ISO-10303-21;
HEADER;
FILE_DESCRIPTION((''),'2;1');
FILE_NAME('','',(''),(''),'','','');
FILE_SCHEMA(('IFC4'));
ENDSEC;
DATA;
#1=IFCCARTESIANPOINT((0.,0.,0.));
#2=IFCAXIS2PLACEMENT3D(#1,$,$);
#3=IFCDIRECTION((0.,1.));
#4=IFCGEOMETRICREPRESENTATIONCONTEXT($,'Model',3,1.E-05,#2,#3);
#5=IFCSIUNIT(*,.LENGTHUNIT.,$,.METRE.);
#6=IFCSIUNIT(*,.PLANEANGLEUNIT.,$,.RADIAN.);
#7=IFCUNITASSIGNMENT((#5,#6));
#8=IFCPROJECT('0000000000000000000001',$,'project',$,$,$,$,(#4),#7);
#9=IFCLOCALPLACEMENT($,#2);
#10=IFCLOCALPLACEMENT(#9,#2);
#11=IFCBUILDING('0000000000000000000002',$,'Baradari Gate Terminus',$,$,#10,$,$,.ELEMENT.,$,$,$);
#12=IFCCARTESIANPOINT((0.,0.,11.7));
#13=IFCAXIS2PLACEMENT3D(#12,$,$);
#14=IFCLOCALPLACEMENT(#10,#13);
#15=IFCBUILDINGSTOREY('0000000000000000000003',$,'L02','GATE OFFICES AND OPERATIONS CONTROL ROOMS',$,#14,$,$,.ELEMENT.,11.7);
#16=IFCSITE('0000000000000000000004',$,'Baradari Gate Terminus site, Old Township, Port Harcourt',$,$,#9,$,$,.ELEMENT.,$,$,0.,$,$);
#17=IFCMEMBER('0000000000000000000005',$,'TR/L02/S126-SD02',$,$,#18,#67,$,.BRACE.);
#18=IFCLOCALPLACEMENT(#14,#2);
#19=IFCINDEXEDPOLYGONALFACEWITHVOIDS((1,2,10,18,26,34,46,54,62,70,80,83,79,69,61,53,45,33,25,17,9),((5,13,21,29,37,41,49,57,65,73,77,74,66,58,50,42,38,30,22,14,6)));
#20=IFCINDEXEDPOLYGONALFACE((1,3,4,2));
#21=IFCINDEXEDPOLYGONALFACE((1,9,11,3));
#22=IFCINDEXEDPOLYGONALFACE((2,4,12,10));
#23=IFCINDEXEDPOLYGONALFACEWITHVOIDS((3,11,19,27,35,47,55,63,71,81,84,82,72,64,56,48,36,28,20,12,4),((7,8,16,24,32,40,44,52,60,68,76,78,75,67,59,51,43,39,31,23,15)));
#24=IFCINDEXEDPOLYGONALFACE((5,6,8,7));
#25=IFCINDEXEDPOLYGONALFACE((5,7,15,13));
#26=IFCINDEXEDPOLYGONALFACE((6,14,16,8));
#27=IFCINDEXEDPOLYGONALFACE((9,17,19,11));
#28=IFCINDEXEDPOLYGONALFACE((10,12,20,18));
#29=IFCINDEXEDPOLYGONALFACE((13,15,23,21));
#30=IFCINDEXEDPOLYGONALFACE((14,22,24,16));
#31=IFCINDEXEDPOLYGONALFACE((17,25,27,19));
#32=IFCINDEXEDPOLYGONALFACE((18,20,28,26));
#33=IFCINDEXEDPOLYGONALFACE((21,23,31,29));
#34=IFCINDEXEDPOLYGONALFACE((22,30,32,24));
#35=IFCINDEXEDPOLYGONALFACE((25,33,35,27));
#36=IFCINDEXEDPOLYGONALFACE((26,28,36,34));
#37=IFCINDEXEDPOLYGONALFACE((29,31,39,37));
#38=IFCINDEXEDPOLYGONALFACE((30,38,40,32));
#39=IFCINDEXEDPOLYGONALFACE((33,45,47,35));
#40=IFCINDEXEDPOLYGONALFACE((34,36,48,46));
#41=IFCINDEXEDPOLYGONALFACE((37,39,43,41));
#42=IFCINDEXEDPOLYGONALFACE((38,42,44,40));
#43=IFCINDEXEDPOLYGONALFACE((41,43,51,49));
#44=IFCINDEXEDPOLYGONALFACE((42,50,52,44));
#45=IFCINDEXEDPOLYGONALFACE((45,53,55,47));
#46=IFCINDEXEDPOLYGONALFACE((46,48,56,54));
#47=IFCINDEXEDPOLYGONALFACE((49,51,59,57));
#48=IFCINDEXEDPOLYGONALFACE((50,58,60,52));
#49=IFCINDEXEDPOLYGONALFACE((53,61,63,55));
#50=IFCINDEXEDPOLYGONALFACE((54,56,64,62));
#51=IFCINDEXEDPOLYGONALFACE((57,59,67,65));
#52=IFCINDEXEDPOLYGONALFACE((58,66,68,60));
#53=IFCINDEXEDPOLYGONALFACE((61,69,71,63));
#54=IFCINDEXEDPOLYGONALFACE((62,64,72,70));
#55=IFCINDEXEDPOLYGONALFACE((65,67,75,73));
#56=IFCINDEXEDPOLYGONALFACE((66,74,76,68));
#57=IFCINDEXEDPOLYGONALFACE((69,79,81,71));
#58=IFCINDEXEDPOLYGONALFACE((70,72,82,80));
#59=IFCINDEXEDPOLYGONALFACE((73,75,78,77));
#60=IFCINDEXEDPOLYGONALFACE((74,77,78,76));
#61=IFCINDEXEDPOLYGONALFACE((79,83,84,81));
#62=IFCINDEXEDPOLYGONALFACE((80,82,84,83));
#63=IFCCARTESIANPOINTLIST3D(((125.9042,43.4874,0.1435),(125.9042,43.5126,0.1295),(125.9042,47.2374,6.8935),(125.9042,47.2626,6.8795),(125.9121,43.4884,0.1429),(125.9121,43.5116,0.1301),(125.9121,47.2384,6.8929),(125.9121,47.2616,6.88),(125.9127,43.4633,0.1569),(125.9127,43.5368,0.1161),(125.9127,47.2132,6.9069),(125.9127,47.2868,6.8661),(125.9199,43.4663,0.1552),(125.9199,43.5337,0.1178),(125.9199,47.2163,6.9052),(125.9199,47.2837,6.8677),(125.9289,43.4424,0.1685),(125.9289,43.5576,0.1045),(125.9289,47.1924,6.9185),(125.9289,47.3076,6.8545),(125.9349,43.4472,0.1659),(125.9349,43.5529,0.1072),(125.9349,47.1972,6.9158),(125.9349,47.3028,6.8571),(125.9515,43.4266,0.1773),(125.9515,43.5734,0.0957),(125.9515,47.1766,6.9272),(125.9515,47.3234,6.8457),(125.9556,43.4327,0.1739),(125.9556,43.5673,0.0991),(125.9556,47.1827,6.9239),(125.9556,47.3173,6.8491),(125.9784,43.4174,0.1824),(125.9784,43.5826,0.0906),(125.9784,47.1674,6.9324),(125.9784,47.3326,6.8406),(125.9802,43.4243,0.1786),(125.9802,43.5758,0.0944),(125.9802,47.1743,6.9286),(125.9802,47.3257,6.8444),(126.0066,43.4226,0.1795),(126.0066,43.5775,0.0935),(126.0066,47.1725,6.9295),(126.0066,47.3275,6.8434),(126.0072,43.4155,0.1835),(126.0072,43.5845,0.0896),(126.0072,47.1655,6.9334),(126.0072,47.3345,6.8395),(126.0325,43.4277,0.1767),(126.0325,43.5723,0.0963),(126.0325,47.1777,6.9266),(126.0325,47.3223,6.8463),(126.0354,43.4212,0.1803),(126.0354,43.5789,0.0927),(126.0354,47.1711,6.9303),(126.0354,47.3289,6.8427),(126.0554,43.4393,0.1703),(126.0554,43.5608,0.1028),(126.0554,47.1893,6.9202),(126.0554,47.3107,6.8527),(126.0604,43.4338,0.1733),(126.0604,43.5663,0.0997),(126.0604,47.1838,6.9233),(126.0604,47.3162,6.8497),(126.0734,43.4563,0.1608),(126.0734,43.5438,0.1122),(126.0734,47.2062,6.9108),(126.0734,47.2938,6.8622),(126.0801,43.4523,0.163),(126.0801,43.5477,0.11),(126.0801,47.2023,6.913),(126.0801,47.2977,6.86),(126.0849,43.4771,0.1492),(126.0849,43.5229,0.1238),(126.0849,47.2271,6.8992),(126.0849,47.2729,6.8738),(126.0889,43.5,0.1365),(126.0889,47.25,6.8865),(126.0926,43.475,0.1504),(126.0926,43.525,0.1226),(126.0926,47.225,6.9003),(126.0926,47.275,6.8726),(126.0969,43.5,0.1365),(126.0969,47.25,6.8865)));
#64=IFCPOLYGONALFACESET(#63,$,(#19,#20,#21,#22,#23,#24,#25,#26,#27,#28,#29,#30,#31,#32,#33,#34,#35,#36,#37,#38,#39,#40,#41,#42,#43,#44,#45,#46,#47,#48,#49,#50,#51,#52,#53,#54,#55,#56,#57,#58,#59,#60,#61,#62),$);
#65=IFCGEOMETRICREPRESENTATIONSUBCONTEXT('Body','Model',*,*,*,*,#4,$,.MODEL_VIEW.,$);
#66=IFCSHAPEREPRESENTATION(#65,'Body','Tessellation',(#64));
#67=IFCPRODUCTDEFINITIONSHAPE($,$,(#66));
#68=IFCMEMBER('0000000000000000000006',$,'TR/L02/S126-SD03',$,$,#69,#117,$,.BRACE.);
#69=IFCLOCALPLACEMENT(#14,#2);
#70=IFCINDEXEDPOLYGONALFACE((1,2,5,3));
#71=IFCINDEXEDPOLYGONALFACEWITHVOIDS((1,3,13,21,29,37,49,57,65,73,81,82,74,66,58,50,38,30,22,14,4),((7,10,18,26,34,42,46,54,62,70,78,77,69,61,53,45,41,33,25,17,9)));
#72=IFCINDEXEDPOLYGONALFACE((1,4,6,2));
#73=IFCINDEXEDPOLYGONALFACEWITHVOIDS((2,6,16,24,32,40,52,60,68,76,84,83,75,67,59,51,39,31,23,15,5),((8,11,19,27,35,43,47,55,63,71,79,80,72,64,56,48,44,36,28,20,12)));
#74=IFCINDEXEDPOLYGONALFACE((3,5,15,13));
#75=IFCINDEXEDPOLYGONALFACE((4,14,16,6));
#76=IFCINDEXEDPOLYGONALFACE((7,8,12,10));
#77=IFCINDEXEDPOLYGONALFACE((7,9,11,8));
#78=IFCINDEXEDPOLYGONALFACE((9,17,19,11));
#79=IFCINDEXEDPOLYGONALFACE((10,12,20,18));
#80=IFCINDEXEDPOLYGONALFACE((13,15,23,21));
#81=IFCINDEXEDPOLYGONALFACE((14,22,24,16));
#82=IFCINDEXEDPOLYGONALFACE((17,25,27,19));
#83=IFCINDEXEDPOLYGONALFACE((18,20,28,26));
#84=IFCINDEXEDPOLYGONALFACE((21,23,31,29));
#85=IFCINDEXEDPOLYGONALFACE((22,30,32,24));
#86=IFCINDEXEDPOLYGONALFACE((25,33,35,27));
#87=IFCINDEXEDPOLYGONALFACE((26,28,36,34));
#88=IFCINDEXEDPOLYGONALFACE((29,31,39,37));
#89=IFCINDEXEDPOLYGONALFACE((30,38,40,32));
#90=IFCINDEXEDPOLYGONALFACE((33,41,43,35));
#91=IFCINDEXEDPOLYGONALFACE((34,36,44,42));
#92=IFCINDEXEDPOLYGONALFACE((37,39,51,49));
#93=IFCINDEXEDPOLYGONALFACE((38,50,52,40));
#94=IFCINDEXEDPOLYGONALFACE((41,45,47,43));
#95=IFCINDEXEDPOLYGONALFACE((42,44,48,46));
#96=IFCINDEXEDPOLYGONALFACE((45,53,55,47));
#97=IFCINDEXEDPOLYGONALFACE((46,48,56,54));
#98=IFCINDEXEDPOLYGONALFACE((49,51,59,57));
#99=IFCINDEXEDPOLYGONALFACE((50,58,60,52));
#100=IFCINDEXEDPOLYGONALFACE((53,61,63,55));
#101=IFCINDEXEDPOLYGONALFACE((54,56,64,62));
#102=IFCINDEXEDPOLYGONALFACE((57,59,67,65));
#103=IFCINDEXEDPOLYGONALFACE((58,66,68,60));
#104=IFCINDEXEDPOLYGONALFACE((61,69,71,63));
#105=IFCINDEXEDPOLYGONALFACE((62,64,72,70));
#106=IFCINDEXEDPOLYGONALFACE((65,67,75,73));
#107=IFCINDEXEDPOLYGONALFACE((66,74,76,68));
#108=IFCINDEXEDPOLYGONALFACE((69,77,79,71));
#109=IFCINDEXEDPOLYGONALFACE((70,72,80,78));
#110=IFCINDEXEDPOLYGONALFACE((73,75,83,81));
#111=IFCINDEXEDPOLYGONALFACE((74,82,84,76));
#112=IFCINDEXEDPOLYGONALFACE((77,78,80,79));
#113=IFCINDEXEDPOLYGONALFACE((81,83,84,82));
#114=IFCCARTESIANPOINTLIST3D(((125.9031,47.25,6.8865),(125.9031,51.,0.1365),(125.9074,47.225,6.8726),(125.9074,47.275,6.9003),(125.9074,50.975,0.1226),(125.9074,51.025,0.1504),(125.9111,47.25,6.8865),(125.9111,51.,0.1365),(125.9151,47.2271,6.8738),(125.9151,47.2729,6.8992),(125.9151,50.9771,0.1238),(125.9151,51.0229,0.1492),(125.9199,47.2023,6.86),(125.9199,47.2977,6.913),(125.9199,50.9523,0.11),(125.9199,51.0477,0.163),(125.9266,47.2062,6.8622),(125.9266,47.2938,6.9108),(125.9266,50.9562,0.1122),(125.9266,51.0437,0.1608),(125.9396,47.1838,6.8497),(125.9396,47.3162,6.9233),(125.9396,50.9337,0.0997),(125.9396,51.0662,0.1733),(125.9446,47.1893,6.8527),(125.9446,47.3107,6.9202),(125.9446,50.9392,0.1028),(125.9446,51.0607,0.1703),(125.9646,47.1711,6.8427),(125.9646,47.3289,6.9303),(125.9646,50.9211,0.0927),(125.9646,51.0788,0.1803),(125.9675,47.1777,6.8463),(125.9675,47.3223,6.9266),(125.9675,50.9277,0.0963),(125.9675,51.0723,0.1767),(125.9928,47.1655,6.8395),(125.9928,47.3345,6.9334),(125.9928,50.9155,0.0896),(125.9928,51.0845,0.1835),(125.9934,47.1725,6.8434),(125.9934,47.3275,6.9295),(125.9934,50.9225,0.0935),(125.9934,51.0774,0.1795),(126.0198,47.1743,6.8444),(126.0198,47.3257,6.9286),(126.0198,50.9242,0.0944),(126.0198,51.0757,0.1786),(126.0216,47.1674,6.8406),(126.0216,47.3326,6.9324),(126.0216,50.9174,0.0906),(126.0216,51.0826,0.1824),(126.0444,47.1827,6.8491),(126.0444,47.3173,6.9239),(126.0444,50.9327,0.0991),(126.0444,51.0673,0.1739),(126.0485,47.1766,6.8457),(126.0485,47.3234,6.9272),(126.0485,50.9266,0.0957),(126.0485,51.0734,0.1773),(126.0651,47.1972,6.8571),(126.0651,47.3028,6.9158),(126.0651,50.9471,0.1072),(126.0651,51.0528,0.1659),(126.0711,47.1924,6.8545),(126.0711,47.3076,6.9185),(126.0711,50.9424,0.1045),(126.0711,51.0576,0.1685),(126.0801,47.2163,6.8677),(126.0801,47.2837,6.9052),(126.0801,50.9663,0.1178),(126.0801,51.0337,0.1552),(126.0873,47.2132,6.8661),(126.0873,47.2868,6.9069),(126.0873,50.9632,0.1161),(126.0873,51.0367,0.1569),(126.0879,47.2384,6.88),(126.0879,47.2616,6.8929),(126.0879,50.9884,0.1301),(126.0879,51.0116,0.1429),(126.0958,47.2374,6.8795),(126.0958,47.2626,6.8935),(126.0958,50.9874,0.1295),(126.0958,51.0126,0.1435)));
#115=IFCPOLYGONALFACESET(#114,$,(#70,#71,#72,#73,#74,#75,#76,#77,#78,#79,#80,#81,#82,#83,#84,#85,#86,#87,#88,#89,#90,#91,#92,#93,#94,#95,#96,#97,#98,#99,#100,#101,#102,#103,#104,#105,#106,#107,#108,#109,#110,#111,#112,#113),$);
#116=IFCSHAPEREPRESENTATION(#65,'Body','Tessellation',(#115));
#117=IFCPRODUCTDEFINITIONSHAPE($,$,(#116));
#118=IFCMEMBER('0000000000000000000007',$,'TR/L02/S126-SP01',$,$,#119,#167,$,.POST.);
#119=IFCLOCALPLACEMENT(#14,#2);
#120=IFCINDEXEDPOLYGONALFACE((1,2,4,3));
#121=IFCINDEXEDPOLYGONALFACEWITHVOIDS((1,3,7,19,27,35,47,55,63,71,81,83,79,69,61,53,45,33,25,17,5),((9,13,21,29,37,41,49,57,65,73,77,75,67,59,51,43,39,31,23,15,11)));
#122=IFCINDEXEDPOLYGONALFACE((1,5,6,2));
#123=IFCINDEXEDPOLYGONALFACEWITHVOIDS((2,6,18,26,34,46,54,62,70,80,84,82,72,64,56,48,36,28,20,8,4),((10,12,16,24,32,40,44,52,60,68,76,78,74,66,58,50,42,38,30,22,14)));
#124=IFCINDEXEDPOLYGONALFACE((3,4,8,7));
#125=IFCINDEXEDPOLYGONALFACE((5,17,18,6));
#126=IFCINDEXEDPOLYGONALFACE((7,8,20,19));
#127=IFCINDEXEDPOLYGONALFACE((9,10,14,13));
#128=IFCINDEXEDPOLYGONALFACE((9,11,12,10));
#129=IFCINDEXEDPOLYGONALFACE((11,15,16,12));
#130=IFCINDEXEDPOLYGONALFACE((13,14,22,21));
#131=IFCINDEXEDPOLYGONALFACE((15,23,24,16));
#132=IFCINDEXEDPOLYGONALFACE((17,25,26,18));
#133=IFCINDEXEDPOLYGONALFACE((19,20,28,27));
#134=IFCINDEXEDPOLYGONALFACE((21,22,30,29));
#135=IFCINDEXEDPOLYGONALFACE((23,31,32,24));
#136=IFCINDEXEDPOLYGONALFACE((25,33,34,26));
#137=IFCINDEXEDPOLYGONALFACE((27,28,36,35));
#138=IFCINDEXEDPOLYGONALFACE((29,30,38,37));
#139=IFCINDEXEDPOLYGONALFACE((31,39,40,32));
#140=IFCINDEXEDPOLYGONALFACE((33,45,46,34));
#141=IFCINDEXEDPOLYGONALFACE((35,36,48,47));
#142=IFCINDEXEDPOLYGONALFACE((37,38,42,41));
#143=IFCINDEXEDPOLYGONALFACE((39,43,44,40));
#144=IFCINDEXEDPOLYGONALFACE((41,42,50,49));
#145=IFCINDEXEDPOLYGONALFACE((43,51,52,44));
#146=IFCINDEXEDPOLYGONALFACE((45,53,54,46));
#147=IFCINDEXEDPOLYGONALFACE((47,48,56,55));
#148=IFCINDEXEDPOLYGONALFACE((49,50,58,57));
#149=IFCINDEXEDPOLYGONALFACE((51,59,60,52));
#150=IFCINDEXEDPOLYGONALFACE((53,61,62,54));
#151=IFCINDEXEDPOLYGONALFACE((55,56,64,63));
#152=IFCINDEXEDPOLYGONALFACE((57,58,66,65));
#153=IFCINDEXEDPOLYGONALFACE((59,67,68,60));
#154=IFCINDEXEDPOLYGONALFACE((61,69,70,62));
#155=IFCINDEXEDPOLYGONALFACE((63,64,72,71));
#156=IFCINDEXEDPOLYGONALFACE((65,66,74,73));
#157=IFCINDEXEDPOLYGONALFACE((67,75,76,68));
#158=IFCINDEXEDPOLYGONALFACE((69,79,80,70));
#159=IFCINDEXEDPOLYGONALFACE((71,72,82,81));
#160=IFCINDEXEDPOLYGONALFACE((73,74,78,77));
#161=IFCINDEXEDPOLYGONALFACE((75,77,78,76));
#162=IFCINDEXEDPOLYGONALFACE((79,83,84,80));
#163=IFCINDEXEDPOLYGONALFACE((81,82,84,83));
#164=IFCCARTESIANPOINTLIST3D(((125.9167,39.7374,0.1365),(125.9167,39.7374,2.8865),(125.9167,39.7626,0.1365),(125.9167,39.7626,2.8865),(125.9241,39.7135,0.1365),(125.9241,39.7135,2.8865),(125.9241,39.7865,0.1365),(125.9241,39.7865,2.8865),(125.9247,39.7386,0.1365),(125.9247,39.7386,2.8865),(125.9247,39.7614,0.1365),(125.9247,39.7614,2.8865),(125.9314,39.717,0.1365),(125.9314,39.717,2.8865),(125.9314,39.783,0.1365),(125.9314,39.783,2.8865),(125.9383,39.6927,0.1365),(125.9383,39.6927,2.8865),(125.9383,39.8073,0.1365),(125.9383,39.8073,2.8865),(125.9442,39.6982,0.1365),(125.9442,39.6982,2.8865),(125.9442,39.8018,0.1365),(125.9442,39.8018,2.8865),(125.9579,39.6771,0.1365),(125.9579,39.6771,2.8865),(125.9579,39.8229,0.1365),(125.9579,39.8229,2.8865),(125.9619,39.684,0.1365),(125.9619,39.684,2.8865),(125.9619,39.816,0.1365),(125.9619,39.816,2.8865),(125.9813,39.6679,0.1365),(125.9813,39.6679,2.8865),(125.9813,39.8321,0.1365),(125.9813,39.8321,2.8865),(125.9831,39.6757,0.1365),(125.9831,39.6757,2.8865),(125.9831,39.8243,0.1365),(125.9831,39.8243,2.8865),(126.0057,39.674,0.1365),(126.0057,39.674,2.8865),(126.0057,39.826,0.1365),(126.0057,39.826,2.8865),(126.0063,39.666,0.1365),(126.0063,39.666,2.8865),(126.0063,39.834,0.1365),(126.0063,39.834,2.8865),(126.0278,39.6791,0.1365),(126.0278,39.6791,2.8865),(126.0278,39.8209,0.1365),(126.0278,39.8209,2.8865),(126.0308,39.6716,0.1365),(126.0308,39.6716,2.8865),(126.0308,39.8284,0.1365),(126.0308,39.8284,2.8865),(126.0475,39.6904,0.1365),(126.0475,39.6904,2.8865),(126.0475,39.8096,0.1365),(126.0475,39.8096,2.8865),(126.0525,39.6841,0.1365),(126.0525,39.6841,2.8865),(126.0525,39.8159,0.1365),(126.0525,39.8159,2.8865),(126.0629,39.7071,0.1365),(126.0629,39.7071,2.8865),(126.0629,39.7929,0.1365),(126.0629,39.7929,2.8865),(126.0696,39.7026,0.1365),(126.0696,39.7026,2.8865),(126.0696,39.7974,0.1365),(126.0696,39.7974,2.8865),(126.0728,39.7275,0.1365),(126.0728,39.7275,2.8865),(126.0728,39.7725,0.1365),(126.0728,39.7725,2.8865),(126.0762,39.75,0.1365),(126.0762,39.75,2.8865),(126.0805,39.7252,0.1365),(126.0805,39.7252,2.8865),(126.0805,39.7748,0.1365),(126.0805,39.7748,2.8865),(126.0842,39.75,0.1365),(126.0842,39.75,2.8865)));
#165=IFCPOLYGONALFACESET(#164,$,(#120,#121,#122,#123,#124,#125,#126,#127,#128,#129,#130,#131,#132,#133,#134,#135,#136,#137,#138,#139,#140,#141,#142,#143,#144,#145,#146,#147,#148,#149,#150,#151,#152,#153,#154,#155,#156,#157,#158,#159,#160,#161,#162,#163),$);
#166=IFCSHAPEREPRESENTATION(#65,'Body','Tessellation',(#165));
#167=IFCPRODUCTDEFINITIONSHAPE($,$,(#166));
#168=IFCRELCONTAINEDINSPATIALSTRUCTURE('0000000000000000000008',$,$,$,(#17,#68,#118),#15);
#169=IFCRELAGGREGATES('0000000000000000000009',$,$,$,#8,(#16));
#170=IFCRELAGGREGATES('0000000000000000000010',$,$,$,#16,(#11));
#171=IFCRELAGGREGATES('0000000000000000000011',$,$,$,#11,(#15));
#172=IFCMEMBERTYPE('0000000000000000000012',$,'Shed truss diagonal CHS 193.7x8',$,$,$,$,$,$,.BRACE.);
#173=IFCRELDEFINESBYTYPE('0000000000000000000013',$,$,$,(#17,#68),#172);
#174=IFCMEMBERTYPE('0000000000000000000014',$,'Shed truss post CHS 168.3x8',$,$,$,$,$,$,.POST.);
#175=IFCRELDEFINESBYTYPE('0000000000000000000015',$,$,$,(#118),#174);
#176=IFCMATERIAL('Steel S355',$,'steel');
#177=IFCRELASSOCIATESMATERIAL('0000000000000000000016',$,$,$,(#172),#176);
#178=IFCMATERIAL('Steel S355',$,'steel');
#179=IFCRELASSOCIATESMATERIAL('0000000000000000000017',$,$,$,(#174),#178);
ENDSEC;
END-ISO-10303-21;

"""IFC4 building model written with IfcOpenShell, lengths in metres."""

from ifc_helpers import new_model, si_unit, direction, frame, origin, origin_2d, place, context, subcontext, project, spatial, hollow_circle, extrude, material, material_profile, profile_set, type_object, element, save


model = new_model("IFC4")

# Units and contexts
model_context = context("Model", 3, precision=1e-05, world=origin(), true_north=direction((0.0, 1.0)))
body_context = subcontext(model_context, "Body", "Model", "MODEL_VIEW")
ifc_project = project(units=[si_unit("LENGTHUNIT", "METRE"), si_unit("PLANEANGLEUNIT", "RADIAN")], contexts=[model_context])

# Site, building, storey
site_placement = place(None, origin())
site = spatial("IfcSite", under=ifc_project, at=site_placement, Name="Baradari Gate Terminus site, Old Township, Port Harcourt", CompositionType="ELEMENT", RefElevation=0.0)
building_placement = place(site_placement, origin())
building = spatial("IfcBuilding", under=site, at=building_placement, Name="Baradari Gate Terminus", CompositionType="ELEMENT")
storey_placement = place(building_placement, frame((0.0, 0.0, 11.7)))
storey = spatial("IfcBuildingStorey", under=building, at=storey_placement, Name="L02", Description="GATE OFFICES AND OPERATIONS CONTROL ROOMS", CompositionType="ELEMENT", Elevation=11.7)

# Members
ifc_material_1 = material(Name="Steel S355", Category="steel")
ifc_material_profile_1 = material_profile(ifc_material_1, hollow_circle(Radius=0.0969, WallThickness=0.0081, at=origin_2d()), Name="CHS 193.7x8")
ifc_profile_set_1 = profile_set([ifc_material_profile_1], Name="Steel S355")
member_type_1 = type_object("IfcMemberType", Name="Shed truss diagonal CHS 193.7x8", PredefinedType="BRACE", material=ifc_profile_set_1)
for number, where, z_axis, x_axis, name in (
    (1, (126.0, 47.25, 6.8865), (0.0, -0.485643, -0.874157), (1.0, 0.0, 0.0), "TR/L02/S126-SD02"),
    (2, (126.0, 47.25, 6.8865), (0.0, 0.485643, -0.874157), (-1.0, 0.0, 0.0), "TR/L02/S126-SD03"),
):
    element("IfcMember", number, at=place(storey_placement, frame(where, z_axis=z_axis, x_axis=x_axis)), inside=storey, type_object=member_type_1, Name=name, PredefinedType="BRACE", context=body_context, shape_type="SweptSolid", body=[
        extrude(hollow_circle(Radius=0.0969, WallThickness=0.0081, at=origin_2d()), origin(), (0.0, 0.0, 1.0), 7.7217),
    ])
ifc_material_2 = material(Name="Steel S355", Category="steel")
ifc_material_profile_2 = material_profile(ifc_material_2, hollow_circle(Radius=0.0842, WallThickness=0.0081, at=origin_2d()), Name="CHS 168.3x8")
ifc_profile_set_2 = profile_set([ifc_material_profile_2], Name="Steel S355")
member_type_2 = type_object("IfcMemberType", Name="Shed truss post CHS 168.3x8", PredefinedType="POST", material=ifc_profile_set_2)
member_1_placement = place(storey_placement, frame((126.0, 39.75, 0.1365), z_axis=(0.0, 0.0, 1.0), x_axis=(1.0, 0.0, 0.0)))
element("IfcMember", 3, at=member_1_placement, inside=storey, type_object=member_type_2, Name="TR/L02/S126-SP01", PredefinedType="POST", context=body_context, shape_type="SweptSolid", body=[
    extrude(hollow_circle(Radius=0.0842, WallThickness=0.0081, at=origin_2d()), origin(), (0.0, 0.0, 1.0), 2.75),
])

save(model, "model.ifc")
